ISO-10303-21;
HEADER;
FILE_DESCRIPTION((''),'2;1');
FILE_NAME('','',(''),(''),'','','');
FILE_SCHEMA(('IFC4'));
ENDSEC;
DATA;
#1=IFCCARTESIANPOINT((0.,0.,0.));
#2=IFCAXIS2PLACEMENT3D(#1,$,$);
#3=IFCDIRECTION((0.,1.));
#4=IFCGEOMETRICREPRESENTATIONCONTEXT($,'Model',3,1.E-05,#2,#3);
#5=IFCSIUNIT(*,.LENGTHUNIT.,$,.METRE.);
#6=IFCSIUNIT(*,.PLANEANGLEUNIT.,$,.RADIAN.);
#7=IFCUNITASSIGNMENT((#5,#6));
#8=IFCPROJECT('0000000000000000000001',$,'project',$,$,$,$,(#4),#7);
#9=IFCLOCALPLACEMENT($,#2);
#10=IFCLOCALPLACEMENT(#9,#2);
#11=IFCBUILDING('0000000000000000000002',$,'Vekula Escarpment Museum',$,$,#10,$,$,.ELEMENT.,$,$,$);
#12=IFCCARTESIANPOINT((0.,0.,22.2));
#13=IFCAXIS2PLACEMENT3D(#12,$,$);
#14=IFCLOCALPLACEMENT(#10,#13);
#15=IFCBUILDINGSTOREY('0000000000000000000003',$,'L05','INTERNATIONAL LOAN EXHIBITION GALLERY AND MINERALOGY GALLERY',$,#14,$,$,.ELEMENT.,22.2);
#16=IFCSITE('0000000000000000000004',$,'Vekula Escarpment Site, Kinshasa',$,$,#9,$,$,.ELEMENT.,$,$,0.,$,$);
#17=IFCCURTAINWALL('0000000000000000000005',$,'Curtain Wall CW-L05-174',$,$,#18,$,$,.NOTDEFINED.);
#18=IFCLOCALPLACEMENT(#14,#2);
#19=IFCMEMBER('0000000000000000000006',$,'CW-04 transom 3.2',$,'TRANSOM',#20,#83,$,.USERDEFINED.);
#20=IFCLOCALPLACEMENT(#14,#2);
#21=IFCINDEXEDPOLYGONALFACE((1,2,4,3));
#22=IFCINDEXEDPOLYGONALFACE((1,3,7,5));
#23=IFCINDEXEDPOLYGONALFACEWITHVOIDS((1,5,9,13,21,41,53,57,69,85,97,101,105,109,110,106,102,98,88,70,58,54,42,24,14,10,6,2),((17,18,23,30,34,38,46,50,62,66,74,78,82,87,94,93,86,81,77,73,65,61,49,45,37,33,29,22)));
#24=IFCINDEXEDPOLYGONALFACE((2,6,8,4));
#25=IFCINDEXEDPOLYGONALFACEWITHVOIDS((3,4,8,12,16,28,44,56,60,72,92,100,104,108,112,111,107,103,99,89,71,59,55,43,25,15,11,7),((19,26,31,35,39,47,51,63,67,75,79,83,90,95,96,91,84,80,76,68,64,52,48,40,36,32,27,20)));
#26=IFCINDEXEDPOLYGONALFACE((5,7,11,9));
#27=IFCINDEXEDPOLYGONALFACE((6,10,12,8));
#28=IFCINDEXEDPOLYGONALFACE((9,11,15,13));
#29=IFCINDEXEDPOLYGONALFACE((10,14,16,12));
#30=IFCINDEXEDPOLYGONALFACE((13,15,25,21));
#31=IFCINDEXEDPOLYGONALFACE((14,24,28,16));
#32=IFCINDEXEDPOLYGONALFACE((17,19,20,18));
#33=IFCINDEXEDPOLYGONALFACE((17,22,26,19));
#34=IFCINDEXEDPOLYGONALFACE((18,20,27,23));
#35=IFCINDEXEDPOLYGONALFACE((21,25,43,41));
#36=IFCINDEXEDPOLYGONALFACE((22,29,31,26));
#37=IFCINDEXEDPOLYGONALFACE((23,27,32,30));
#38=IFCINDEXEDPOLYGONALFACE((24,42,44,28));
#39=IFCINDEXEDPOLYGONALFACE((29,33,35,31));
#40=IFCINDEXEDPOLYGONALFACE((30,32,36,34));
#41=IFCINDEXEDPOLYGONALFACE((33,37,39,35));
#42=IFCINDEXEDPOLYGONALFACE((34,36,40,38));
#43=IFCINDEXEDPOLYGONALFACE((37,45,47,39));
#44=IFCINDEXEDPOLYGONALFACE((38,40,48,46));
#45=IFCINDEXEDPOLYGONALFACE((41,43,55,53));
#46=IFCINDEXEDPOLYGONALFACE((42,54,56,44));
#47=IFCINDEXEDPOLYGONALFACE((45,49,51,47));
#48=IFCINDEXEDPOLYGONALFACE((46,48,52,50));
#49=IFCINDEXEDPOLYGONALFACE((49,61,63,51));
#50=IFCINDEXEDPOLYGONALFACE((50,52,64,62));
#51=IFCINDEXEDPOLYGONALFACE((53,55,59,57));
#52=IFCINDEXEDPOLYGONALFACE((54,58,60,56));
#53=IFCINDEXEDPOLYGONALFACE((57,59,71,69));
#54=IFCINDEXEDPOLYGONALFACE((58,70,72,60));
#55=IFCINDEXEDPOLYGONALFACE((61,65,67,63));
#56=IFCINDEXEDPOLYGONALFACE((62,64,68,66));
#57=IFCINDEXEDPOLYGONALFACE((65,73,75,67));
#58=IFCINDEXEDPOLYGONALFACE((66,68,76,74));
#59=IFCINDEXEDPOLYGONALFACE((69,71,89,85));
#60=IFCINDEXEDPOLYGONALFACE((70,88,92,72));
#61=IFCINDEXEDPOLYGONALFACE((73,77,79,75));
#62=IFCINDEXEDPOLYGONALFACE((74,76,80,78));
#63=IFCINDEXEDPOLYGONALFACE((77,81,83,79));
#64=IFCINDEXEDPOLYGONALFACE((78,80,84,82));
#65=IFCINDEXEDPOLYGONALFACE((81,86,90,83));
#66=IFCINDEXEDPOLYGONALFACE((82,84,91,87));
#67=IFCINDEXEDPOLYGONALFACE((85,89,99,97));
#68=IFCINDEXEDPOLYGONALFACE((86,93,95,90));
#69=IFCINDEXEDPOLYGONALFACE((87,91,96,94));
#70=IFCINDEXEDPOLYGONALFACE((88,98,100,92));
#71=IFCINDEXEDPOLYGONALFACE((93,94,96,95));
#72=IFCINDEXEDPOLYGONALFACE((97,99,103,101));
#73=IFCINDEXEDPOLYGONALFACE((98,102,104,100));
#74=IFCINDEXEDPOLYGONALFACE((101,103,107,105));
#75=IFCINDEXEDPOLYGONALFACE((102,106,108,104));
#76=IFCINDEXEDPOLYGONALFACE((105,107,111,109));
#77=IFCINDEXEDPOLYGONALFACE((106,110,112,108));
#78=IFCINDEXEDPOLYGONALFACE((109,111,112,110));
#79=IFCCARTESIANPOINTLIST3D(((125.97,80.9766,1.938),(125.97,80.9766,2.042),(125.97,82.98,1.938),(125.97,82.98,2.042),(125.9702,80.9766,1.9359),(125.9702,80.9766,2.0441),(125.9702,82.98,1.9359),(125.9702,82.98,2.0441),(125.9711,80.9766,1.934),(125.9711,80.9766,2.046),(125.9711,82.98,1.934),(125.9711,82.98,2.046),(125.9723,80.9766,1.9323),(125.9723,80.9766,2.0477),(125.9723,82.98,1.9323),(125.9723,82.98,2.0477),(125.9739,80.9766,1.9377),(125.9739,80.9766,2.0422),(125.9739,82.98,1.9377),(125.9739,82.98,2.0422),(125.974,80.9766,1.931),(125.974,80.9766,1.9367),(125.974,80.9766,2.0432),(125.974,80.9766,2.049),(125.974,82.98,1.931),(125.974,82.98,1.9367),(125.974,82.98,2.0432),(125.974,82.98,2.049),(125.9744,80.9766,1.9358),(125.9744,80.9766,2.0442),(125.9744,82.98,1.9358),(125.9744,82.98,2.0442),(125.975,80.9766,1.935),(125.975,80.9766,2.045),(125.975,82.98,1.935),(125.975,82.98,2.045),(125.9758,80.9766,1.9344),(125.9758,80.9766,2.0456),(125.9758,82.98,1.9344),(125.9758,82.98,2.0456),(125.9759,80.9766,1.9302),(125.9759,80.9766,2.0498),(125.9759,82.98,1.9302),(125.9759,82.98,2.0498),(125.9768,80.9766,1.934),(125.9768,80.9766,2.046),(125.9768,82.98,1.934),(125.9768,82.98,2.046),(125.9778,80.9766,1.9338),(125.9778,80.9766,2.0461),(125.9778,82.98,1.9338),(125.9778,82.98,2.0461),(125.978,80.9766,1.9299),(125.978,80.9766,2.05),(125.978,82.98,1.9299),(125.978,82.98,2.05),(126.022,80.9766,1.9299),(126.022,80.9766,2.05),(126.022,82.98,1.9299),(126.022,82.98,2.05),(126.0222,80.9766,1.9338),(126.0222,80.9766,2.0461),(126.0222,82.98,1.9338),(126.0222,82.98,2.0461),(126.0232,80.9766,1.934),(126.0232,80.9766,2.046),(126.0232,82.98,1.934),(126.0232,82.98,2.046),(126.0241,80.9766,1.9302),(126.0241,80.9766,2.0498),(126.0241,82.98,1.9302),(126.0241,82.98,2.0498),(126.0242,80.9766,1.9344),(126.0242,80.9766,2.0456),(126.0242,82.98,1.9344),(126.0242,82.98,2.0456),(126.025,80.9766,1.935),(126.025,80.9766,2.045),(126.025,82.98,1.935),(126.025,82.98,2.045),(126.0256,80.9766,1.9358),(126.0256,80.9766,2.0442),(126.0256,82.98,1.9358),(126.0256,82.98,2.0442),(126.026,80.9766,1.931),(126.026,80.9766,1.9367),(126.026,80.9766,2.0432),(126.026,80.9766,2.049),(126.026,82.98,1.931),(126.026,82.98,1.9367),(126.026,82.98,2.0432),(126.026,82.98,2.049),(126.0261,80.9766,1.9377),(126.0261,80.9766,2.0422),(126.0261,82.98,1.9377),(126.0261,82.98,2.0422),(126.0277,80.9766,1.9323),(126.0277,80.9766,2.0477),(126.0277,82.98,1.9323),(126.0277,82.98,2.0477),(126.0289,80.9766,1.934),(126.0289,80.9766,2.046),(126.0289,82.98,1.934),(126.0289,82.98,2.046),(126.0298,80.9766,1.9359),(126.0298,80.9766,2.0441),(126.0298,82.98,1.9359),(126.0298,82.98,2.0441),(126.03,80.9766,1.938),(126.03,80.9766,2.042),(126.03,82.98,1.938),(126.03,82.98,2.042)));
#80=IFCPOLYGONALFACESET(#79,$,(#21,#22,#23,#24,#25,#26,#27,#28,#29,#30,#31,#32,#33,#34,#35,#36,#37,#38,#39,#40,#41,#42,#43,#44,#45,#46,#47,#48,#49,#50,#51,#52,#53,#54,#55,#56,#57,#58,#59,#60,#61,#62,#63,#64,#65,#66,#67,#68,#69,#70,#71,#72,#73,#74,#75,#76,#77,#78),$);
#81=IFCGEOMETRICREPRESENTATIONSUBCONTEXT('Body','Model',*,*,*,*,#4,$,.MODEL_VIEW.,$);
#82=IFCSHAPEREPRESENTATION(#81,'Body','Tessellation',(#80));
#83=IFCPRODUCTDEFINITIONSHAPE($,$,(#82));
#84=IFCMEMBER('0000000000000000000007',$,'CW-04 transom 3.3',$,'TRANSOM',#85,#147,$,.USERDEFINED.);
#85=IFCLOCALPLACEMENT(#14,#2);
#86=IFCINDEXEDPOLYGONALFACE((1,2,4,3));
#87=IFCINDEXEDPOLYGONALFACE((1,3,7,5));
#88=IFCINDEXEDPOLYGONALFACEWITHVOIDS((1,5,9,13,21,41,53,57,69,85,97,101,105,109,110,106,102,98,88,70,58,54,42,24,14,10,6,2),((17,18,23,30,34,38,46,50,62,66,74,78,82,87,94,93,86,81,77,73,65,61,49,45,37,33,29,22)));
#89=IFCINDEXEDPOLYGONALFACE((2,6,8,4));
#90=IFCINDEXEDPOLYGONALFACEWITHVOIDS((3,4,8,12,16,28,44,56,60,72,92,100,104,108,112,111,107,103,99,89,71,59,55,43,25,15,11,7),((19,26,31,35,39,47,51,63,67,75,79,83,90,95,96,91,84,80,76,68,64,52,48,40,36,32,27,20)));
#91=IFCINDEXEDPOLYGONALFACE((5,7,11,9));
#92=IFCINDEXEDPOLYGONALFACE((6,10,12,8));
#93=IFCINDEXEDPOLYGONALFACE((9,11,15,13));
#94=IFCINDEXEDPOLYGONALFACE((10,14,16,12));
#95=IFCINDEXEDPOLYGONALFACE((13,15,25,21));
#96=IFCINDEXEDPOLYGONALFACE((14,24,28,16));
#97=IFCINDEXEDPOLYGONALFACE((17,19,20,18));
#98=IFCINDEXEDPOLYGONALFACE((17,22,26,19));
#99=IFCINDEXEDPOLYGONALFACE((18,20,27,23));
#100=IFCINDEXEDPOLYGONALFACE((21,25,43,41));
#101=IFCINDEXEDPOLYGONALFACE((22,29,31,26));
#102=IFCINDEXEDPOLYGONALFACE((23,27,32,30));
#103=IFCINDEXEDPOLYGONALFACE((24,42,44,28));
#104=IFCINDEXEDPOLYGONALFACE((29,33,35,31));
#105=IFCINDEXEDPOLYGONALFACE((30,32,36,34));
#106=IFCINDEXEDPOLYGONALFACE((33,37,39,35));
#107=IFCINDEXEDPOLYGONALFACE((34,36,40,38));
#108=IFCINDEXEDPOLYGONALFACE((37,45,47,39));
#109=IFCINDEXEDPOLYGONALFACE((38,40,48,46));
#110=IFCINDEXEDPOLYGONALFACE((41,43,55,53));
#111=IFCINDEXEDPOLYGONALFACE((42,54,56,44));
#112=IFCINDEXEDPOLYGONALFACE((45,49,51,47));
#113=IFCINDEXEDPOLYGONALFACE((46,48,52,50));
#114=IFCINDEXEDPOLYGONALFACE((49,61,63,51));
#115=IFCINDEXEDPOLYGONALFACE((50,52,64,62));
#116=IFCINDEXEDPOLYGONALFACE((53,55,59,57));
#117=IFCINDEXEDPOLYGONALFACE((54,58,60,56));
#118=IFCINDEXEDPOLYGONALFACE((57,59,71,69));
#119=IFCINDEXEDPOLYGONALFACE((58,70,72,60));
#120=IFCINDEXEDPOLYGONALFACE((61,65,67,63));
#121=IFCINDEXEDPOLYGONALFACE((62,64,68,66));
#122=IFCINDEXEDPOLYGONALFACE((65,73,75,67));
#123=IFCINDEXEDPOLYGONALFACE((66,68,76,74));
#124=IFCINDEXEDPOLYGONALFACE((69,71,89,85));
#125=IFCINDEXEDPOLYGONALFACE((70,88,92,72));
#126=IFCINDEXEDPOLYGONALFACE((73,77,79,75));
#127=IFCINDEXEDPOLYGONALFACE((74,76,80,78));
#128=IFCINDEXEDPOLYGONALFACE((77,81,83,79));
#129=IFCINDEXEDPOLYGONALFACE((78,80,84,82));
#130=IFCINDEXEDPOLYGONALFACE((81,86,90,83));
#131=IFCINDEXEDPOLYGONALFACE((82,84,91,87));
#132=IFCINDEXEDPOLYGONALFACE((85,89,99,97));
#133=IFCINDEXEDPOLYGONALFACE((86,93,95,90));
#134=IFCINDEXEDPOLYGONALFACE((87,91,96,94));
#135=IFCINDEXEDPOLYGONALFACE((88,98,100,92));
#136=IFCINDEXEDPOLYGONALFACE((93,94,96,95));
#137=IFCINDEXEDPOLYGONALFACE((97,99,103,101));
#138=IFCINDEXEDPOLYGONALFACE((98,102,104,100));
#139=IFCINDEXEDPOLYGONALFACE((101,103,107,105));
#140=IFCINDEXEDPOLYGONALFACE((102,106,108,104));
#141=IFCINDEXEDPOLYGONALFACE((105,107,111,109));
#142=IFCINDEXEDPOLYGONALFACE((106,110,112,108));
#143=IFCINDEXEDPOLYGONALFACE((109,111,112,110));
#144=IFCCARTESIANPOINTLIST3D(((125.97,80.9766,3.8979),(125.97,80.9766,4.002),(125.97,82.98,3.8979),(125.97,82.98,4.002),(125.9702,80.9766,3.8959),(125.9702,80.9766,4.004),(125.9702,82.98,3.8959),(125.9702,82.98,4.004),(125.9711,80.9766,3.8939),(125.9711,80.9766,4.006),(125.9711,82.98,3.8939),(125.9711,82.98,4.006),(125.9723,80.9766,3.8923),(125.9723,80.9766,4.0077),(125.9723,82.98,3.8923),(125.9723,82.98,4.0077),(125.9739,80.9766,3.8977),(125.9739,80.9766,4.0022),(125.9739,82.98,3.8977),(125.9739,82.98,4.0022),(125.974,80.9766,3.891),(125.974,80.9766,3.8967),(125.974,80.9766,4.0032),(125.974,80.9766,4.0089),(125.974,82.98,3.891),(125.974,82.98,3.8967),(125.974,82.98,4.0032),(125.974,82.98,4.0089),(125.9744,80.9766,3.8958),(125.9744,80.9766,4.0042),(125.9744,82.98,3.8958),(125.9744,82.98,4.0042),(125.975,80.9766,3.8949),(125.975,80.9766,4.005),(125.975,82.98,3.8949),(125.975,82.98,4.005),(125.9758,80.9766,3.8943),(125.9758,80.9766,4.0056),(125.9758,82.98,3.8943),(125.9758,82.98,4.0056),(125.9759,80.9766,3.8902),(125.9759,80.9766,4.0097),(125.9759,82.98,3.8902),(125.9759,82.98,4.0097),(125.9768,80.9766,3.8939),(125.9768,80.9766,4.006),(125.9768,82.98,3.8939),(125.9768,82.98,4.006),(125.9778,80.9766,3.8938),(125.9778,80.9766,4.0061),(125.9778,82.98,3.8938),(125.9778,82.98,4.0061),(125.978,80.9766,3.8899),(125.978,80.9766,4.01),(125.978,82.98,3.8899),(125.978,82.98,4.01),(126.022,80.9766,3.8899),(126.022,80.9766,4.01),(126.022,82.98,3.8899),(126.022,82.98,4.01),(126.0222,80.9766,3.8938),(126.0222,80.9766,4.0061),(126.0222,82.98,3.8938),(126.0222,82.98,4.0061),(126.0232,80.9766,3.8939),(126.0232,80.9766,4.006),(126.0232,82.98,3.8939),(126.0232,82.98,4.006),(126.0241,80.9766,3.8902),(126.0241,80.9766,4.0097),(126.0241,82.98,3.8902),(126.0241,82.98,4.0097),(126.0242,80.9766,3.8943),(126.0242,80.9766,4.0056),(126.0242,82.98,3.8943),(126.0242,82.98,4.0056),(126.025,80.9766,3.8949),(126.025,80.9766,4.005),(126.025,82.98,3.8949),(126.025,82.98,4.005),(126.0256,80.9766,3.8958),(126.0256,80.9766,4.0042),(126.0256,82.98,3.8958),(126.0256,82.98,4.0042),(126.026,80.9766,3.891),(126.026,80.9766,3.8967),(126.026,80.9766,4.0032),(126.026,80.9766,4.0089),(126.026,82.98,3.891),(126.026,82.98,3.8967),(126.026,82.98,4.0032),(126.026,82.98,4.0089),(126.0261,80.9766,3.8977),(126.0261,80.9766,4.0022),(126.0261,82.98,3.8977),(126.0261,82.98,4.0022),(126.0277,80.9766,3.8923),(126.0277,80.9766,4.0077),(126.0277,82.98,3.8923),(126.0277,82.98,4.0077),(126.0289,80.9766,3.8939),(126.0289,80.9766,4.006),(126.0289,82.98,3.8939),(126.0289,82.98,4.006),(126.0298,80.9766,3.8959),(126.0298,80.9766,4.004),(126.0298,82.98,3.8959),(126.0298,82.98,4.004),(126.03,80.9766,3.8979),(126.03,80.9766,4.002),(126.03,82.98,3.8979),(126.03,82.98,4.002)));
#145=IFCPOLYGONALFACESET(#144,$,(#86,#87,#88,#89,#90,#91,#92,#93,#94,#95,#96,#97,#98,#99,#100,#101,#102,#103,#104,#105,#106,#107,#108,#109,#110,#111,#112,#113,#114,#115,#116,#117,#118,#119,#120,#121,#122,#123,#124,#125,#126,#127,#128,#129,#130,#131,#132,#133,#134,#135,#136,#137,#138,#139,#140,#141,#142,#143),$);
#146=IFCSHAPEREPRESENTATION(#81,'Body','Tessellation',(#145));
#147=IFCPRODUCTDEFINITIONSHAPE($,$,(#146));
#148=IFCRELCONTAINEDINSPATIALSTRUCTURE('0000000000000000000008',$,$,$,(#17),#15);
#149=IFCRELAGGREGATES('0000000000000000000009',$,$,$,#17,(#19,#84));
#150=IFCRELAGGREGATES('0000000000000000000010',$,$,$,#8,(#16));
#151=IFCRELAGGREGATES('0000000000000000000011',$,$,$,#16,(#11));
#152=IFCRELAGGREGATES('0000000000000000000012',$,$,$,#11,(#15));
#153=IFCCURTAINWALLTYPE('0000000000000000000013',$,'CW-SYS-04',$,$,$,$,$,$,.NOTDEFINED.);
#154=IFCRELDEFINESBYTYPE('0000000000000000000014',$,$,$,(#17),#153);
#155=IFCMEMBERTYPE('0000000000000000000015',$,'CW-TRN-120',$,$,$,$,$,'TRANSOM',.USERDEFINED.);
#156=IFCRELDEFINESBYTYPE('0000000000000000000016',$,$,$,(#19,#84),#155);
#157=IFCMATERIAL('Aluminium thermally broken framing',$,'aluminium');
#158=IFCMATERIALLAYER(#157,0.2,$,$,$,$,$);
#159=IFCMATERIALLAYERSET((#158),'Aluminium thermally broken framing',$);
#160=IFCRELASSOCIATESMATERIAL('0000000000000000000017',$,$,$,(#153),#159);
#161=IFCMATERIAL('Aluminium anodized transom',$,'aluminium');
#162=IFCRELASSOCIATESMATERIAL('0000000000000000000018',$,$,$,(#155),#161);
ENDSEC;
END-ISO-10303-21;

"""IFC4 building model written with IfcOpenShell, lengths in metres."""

from ifc_helpers import new_model, si_unit, direction, frame, origin, origin_2d, place, context, subcontext, project, spatial, hollow_rectangle, extrude, material, layer, layer_set, material_profile, profile_set, type_object, element, aggregate, save


model = new_model("IFC4")

# Units and contexts
model_context = context("Model", 3, precision=1e-05, world=origin(), true_north=direction((0.0, 1.0)))
body_context = subcontext(model_context, "Body", "Model", "MODEL_VIEW")
ifc_project = project(units=[si_unit("LENGTHUNIT", "METRE"), si_unit("PLANEANGLEUNIT", "RADIAN")], contexts=[model_context])

# Site, building, storey
site_placement = place(None, origin())
site = spatial("IfcSite", under=ifc_project, at=site_placement, Name="Vekula Escarpment Site, Kinshasa", CompositionType="ELEMENT", RefElevation=0.0)
building_placement = place(site_placement, origin())
building = spatial("IfcBuilding", under=site, at=building_placement, Name="Vekula Escarpment Museum", CompositionType="ELEMENT")
storey_placement = place(building_placement, frame((0.0, 0.0, 22.2)))
storey = spatial("IfcBuildingStorey", under=building, at=storey_placement, Name="L05", Description="INTERNATIONAL LOAN EXHIBITION GALLERY AND MINERALOGY GALLERY", CompositionType="ELEMENT", Elevation=22.2)

# Curtain wall
ifc_material_1 = material(Name="Aluminium thermally broken framing", Category="aluminium")
ifc_layer_1 = layer(ifc_material_1, 0.2)
ifc_layer_set_1 = layer_set([ifc_layer_1], Name="Aluminium thermally broken framing")
curtain_wall_type_1 = type_object("IfcCurtainWallType", Name="CW-SYS-04", PredefinedType="NOTDEFINED", material=ifc_layer_set_1)
curtain_wall_1_placement = place(storey_placement, origin())
curtain_wall_1 = element("IfcCurtainWall", 1, at=curtain_wall_1_placement, inside=storey, type_object=curtain_wall_type_1, Name="Curtain Wall CW-L05-174", PredefinedType="NOTDEFINED")

# Members
ifc_material_2 = material(Name="Aluminium anodized transom", Category="aluminium")
ifc_material_profile_1 = material_profile(ifc_material_2, hollow_rectangle(XDim=0.0601, YDim=0.1201, WallThickness=0.0039, InnerFilletRadius=0.0039, OuterFilletRadius=0.0081, at=origin_2d()), Name="ALU 120x60x4")
ifc_profile_set_1 = profile_set([ifc_material_profile_1], Name="Aluminium anodized transom")
member_type_1 = type_object("IfcMemberType", Name="CW-TRN-120", ElementType="TRANSOM", PredefinedType="USERDEFINED", material=ifc_profile_set_1)
member_1_placement = place(storey_placement, frame((126.0, 80.9766, 1.99), z_axis=(0.0, 1.0, 0.0), x_axis=(-1.0, 0.0, 0.0)))
member_1 = element("IfcMember", 2, at=member_1_placement, type_object=member_type_1, Name="CW-04 transom 3.2", ObjectType="TRANSOM", PredefinedType="USERDEFINED", context=body_context, shape_type="SweptSolid", body=[
    extrude(hollow_rectangle(XDim=0.0601, YDim=0.1201, WallThickness=0.0039, InnerFilletRadius=0.0039, OuterFilletRadius=0.0081, at=origin_2d()), origin(), (0.0, 0.0, 1.0), 2.0034),
])
member_2_placement = place(storey_placement, frame((126.0, 80.9766, 3.95), z_axis=(0.0, 1.0, 0.0), x_axis=(-1.0, 0.0, 0.0)))
member_2 = element("IfcMember", 3, at=member_2_placement, type_object=member_type_1, Name="CW-04 transom 3.3", ObjectType="TRANSOM", PredefinedType="USERDEFINED", context=body_context, shape_type="SweptSolid", body=[
    extrude(hollow_rectangle(XDim=0.0601, YDim=0.1201, WallThickness=0.0039, InnerFilletRadius=0.0039, OuterFilletRadius=0.0081, at=origin_2d()), origin(), (0.0, 0.0, 1.0), 2.0034),
])

aggregate(curtain_wall_1, [member_1, member_2])

save(model, "model.ifc")
